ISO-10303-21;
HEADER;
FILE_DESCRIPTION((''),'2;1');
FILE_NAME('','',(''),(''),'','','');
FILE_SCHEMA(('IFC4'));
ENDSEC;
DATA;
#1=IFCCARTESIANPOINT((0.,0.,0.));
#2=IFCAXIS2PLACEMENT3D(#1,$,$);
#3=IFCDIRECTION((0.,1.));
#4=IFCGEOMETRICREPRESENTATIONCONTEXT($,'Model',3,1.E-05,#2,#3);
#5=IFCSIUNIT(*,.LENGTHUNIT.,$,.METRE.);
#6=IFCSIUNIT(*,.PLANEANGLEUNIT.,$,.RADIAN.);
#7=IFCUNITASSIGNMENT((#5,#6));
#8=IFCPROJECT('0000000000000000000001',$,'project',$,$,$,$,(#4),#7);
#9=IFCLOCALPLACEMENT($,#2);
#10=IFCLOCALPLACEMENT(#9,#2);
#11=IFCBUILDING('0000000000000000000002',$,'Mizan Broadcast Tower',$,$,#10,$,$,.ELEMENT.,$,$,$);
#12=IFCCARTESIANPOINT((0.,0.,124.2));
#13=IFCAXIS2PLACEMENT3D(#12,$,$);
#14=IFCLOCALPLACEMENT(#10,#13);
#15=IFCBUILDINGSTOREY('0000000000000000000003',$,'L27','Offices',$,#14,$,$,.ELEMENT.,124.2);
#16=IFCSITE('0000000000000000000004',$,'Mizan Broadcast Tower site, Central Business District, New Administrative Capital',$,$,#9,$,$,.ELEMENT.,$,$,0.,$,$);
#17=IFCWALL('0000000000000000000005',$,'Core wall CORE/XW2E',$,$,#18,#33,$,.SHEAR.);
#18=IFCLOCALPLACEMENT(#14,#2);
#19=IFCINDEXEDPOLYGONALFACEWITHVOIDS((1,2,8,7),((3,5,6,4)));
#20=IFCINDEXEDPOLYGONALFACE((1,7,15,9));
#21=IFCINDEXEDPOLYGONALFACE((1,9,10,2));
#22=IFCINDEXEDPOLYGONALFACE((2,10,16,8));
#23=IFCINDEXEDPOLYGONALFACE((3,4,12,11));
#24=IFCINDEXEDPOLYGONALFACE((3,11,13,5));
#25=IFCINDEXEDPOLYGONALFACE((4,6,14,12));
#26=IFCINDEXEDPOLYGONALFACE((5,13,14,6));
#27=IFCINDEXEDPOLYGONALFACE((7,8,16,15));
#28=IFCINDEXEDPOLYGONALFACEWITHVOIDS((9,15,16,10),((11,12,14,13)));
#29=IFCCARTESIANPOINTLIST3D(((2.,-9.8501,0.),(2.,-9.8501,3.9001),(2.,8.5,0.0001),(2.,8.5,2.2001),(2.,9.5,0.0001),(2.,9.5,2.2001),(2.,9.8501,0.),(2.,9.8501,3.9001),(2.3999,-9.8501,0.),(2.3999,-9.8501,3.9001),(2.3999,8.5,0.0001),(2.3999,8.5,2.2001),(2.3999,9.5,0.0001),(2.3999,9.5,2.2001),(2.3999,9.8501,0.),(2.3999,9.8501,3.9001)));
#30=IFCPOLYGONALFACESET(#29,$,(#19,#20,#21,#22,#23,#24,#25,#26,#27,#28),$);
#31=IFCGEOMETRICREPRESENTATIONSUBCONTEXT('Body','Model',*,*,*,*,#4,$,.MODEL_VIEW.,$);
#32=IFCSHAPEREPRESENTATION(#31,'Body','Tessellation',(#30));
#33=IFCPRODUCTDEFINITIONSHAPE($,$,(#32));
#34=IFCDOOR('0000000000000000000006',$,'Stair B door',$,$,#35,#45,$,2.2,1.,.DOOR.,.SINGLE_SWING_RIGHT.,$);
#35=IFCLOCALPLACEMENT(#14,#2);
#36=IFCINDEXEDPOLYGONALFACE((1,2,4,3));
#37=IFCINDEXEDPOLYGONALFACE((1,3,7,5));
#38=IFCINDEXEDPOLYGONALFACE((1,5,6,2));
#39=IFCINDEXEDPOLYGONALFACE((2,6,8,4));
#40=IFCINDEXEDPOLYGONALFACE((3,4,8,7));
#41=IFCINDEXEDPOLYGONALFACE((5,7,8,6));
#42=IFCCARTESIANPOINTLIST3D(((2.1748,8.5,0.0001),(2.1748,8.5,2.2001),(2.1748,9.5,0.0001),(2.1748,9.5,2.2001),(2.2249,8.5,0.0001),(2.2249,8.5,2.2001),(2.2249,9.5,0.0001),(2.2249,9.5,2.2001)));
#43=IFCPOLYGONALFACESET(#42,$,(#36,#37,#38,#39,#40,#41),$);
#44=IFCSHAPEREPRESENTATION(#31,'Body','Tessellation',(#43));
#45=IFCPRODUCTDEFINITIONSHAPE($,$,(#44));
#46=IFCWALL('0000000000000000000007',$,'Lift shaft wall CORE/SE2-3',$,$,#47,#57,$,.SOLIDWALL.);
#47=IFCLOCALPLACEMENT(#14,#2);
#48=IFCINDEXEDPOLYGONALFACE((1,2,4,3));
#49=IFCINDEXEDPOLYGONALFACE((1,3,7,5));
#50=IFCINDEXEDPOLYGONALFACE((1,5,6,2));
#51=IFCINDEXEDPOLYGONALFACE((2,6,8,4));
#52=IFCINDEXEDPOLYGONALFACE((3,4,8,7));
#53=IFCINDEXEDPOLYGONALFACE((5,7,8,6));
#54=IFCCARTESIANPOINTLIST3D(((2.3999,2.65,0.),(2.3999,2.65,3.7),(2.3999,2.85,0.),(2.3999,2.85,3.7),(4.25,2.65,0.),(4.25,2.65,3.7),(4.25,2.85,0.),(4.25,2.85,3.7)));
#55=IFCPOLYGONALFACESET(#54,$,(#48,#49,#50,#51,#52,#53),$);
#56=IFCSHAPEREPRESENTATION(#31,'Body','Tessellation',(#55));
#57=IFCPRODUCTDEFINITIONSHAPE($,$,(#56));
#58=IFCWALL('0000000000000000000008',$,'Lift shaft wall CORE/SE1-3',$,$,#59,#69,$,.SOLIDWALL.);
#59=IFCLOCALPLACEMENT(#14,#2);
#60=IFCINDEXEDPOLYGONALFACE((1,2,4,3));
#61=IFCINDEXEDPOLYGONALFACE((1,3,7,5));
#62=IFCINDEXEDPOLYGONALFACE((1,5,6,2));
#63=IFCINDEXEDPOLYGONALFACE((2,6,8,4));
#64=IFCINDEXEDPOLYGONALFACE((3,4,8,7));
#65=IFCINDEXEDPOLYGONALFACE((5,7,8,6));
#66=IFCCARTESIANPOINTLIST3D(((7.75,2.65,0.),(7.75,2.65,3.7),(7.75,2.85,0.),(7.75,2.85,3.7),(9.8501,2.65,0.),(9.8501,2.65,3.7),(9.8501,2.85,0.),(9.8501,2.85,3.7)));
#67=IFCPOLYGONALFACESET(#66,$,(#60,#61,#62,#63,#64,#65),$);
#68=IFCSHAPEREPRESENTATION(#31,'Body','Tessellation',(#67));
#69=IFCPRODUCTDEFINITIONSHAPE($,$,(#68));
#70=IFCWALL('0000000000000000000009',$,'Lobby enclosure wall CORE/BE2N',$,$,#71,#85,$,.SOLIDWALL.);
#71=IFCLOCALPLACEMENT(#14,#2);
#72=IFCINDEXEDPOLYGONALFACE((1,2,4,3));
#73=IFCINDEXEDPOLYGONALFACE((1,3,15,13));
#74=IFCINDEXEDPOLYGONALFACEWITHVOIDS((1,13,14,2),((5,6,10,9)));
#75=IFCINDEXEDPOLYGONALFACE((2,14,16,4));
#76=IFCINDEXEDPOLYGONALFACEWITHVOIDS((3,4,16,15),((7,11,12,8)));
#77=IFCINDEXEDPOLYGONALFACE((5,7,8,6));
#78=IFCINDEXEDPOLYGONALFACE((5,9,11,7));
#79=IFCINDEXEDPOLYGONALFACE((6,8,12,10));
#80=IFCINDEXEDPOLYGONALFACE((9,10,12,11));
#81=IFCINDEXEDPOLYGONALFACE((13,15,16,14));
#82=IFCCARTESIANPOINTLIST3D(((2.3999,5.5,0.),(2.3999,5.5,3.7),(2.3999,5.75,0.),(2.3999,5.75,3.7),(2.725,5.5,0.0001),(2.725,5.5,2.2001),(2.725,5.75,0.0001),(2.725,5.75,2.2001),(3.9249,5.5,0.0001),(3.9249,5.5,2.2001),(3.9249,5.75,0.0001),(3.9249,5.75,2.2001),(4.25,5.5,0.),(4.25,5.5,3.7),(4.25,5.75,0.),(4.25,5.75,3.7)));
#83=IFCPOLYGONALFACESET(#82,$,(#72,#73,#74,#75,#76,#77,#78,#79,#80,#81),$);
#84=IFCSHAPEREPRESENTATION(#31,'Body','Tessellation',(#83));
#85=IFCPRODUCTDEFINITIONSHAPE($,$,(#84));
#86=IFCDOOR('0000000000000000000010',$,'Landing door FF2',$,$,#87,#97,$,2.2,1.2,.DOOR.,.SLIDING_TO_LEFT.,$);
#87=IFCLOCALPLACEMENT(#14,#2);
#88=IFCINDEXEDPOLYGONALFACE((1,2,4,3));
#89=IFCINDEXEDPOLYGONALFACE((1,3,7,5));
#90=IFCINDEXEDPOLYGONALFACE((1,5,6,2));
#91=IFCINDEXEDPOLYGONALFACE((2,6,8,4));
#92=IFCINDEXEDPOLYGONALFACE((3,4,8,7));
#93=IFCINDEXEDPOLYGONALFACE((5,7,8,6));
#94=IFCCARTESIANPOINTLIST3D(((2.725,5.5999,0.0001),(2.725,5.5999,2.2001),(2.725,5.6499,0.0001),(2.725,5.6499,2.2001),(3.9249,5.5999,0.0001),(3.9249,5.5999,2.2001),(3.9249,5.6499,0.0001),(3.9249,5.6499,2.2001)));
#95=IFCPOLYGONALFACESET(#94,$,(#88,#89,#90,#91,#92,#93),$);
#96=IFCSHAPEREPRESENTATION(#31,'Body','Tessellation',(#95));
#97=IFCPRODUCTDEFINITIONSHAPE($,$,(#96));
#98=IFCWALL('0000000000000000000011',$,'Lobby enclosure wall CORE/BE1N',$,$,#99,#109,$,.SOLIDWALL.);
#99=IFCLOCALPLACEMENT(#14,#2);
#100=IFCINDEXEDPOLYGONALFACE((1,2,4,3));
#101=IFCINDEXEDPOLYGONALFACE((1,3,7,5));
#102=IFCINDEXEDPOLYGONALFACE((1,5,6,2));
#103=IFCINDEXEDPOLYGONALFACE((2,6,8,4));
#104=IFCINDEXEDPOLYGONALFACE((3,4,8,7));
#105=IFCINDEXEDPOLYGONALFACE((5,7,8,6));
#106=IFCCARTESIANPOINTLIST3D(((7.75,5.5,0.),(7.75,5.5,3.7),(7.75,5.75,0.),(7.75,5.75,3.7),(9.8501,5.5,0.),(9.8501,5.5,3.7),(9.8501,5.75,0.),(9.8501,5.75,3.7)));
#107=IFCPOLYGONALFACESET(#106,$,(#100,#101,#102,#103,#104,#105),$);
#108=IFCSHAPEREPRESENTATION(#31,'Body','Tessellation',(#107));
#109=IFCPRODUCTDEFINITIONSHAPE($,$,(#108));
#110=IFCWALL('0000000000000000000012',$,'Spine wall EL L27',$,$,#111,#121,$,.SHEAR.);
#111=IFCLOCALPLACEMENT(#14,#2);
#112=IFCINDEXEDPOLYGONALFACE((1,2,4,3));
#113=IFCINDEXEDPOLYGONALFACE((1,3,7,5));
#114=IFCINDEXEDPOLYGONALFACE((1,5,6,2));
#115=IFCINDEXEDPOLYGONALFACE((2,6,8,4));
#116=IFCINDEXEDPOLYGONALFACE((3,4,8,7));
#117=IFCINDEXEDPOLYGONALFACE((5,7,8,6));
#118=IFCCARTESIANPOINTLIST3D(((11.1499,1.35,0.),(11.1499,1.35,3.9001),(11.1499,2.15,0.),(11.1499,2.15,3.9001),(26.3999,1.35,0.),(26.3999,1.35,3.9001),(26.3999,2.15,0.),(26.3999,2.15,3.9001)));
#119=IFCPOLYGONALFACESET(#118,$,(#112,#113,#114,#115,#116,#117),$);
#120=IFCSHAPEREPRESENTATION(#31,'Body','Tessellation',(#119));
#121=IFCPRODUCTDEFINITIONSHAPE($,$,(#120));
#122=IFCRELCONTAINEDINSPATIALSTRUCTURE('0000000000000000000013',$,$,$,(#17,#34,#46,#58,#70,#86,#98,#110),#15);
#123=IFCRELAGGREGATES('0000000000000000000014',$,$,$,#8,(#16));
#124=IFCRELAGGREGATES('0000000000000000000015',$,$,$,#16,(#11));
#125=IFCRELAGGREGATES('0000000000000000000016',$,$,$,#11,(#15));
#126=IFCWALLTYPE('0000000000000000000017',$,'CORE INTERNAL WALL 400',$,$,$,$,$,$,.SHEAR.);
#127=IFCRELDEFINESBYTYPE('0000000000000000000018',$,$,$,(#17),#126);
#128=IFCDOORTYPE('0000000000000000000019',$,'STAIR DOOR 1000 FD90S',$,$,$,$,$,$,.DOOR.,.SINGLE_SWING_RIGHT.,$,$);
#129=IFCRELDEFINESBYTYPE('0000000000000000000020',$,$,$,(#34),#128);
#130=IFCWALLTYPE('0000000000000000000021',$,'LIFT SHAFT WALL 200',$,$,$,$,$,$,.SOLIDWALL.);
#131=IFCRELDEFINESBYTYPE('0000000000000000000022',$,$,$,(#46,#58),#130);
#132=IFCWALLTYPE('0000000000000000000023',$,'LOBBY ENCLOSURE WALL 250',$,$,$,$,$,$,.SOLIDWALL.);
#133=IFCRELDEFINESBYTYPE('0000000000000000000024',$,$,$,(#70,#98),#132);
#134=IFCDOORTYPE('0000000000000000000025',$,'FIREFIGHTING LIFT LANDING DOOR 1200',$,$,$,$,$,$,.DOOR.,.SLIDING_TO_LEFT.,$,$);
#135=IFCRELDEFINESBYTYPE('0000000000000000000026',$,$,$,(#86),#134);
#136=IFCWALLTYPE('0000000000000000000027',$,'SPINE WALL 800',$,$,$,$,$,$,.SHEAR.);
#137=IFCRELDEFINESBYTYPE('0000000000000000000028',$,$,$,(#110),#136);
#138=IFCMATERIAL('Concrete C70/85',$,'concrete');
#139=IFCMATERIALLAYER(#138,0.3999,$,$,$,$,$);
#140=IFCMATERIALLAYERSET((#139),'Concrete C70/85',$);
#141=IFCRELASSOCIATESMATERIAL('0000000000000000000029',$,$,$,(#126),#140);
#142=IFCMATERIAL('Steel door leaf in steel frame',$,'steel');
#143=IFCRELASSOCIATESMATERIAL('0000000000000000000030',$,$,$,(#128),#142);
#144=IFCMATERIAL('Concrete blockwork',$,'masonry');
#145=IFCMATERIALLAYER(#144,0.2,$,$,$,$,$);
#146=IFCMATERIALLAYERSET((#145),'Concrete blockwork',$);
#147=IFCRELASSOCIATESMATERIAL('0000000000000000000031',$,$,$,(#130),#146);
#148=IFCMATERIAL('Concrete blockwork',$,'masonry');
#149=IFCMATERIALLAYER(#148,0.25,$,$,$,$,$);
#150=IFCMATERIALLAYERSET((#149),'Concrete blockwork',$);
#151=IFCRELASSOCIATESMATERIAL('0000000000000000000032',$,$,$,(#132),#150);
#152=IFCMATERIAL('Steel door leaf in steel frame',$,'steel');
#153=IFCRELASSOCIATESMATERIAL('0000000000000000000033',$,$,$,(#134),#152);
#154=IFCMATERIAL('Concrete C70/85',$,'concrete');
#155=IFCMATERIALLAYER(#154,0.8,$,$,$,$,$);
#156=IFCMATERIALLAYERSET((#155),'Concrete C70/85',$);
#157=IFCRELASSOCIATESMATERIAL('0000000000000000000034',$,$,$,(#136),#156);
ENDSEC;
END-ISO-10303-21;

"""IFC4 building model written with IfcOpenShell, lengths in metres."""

from ifc_helpers import new_model, si_unit, direction, frame, frame_2d, origin, place, context, subcontext, project, spatial, rectangle, extrude, material, layer, layer_set, type_object, element, fill, save


model = new_model("IFC4")

# Units and contexts
model_context = context("Model", 3, precision=1e-05, world=origin(), true_north=direction((0.0, 1.0)))
body_context = subcontext(model_context, "Body", "Model", "MODEL_VIEW")
ifc_project = project(units=[si_unit("LENGTHUNIT", "METRE"), si_unit("PLANEANGLEUNIT", "RADIAN")], contexts=[model_context])

# Site, building, storey
site_placement = place(None, origin())
site = spatial("IfcSite", under=ifc_project, at=site_placement, Name="Mizan Broadcast Tower site, Central Business District, New Administrative Capital", CompositionType="ELEMENT", RefElevation=0.0)
building_placement = place(site_placement, origin())
building = spatial("IfcBuilding", under=site, at=building_placement, Name="Mizan Broadcast Tower", CompositionType="ELEMENT")
storey_placement = place(building_placement, frame((0.0, 0.0, 124.2)))
storey = spatial("IfcBuildingStorey", under=building, at=storey_placement, Name="L27", Description="Offices", CompositionType="ELEMENT", Elevation=124.2)

# Wall, opening, door
ifc_material_1 = material(Name="Concrete C70/85", Category="concrete")
ifc_layer_1 = layer(ifc_material_1, 0.3999)
ifc_layer_set_1 = layer_set([ifc_layer_1], Name="Concrete C70/85")
wall_type_1 = type_object("IfcWallType", Name="CORE INTERNAL WALL 400", PredefinedType="SHEAR", material=ifc_layer_set_1)
wall_1_placement = place(storey_placement, frame((2.2, 9.8501, 0.0), z_axis=(0.0, 0.0, 1.0), x_axis=(0.0, -1.0, 0.0)))
wall_1 = element("IfcWall", 1, at=wall_1_placement, inside=storey, type_object=wall_type_1, Name="Core wall CORE/XW2E", PredefinedType="SHEAR", context=body_context, shape_type="SweptSolid", body=[
    extrude(rectangle(XDim=19.7002, YDim=0.3999, at=frame_2d((9.8501, 0.0))), origin(), (0.0, 0.0, 1.0), 3.9001),
])
opening_1_placement = place(wall_1_placement, frame((0.3501, 0.0, 0.0)))
opening_1 = element("IfcOpeningElement", 2, at=opening_1_placement, cuts=wall_1, PredefinedType="OPENING", context=body_context, shape_type="SweptSolid", body=[
    extrude(rectangle(XDim=1.0, YDim=2.2, at=frame_2d((0.5, 1.1001))), frame((0.0, 0.21, 0.0), z_axis=(0.0, -1.0, 0.0), x_axis=(1.0, 0.0, 0.0)), (0.0, 0.0, 1.0), 0.4199),
])
ifc_material_2 = material(Name="Steel door leaf in steel frame", Category="steel")
door_type_1 = type_object("IfcDoorType", Name="STAIR DOOR 1000 FD90S", OperationType="SINGLE_SWING_RIGHT", PredefinedType="DOOR", material=ifc_material_2)
door_1_placement = place(opening_1_placement, origin())
door_1 = element("IfcDoor", 3, at=door_1_placement, inside=storey, type_object=door_type_1, Name="Stair B door", OperationType="SINGLE_SWING_RIGHT", OverallHeight=2.2, OverallWidth=1.0, PredefinedType="DOOR", context=body_context, shape_type="SweptSolid", body=[
    extrude(rectangle(XDim=1.0, YDim=2.2, at=frame_2d((0.5, 1.1001))), frame((0.0, 0.0249, 0.0), z_axis=(0.0, -1.0, 0.0), x_axis=(1.0, 0.0, 0.0)), (0.0, 0.0, 1.0), 0.05),
])
fill(opening_1, door_1)

# Walls
ifc_material_3 = material(Name="Concrete blockwork", Category="masonry")
ifc_layer_2 = layer(ifc_material_3, 0.2)
ifc_layer_set_2 = layer_set([ifc_layer_2], Name="Concrete blockwork")
wall_type_2 = type_object("IfcWallType", Name="LIFT SHAFT WALL 200", PredefinedType="SOLIDWALL", material=ifc_layer_set_2)
wall_2_placement = place(storey_placement, frame((2.3999, 2.75, 0.0), z_axis=(0.0, 0.0, 1.0), x_axis=(1.0, 0.0, 0.0)))
element("IfcWall", 4, at=wall_2_placement, inside=storey, type_object=wall_type_2, Name="Lift shaft wall CORE/SE2-3", PredefinedType="SOLIDWALL", context=body_context, shape_type="SweptSolid", body=[
    extrude(rectangle(XDim=1.8501, YDim=0.2, at=frame_2d((0.925, 0.0))), origin(), (0.0, 0.0, 1.0), 3.7),
])
wall_3_placement = place(storey_placement, frame((7.75, 2.75, 0.0), z_axis=(0.0, 0.0, 1.0), x_axis=(1.0, 0.0, 0.0)))
element("IfcWall", 5, at=wall_3_placement, inside=storey, type_object=wall_type_2, Name="Lift shaft wall CORE/SE1-3", PredefinedType="SOLIDWALL", context=body_context, shape_type="SweptSolid", body=[
    extrude(rectangle(XDim=2.1001, YDim=0.2, at=frame_2d((1.05, 0.0))), origin(), (0.0, 0.0, 1.0), 3.7),
])

# Wall, opening, door
ifc_material_4 = material(Name="Concrete blockwork", Category="masonry")
ifc_layer_3 = layer(ifc_material_4, 0.25)
ifc_layer_set_3 = layer_set([ifc_layer_3], Name="Concrete blockwork")
wall_type_3 = type_object("IfcWallType", Name="LOBBY ENCLOSURE WALL 250", PredefinedType="SOLIDWALL", material=ifc_layer_set_3)
wall_4_placement = place(storey_placement, frame((2.3999, 5.625, 0.0), z_axis=(0.0, 0.0, 1.0), x_axis=(1.0, 0.0, 0.0)))
wall_4 = element("IfcWall", 6, at=wall_4_placement, inside=storey, type_object=wall_type_3, Name="Lobby enclosure wall CORE/BE2N", PredefinedType="SOLIDWALL", context=body_context, shape_type="SweptSolid", body=[
    extrude(rectangle(XDim=1.8501, YDim=0.25, at=frame_2d((0.925, 0.0))), origin(), (0.0, 0.0, 1.0), 3.7),
])
opening_2_placement = place(wall_4_placement, frame((0.325, 0.0, 0.0)))
opening_2 = element("IfcOpeningElement", 7, at=opening_2_placement, cuts=wall_4, PredefinedType="OPENING", context=body_context, shape_type="SweptSolid", body=[
    extrude(rectangle(XDim=1.2, YDim=2.2, at=frame_2d((0.6001, 1.1001))), frame((0.0, 0.135, 0.0), z_axis=(0.0, -1.0, 0.0), x_axis=(1.0, 0.0, 0.0)), (0.0, 0.0, 1.0), 0.27),
])
ifc_material_5 = material(Name="Steel door leaf in steel frame", Category="steel")
door_type_2 = type_object("IfcDoorType", Name="FIREFIGHTING LIFT LANDING DOOR 1200", OperationType="SLIDING_TO_LEFT", PredefinedType="DOOR", material=ifc_material_5)
door_2_placement = place(opening_2_placement, origin())
door_2 = element("IfcDoor", 8, at=door_2_placement, inside=storey, type_object=door_type_2, Name="Landing door FF2", OperationType="SLIDING_TO_LEFT", OverallHeight=2.2, OverallWidth=1.2, PredefinedType="DOOR", context=body_context, shape_type="SweptSolid", body=[
    extrude(rectangle(XDim=1.2, YDim=2.2, at=frame_2d((0.6001, 1.1001))), frame((0.0, 0.0249, 0.0), z_axis=(0.0, -1.0, 0.0), x_axis=(1.0, 0.0, 0.0)), (0.0, 0.0, 1.0), 0.05),
])
fill(opening_2, door_2)

# Walls
wall_5_placement = place(storey_placement, frame((7.75, 5.625, 0.0), z_axis=(0.0, 0.0, 1.0), x_axis=(1.0, 0.0, 0.0)))
element("IfcWall", 9, at=wall_5_placement, inside=storey, type_object=wall_type_3, Name="Lobby enclosure wall CORE/BE1N", PredefinedType="SOLIDWALL", context=body_context, shape_type="SweptSolid", body=[
    extrude(rectangle(XDim=2.1001, YDim=0.25, at=frame_2d((1.05, 0.0))), origin(), (0.0, 0.0, 1.0), 3.7),
])
ifc_material_6 = material(Name="Concrete C70/85", Category="concrete")
ifc_layer_4 = layer(ifc_material_6, 0.8)
ifc_layer_set_4 = layer_set([ifc_layer_4], Name="Concrete C70/85")
wall_type_4 = type_object("IfcWallType", Name="SPINE WALL 800", PredefinedType="SHEAR", material=ifc_layer_set_4)
wall_6_placement = place(storey_placement, frame((11.1499, 1.75, 0.0), z_axis=(0.0, 0.0, 1.0), x_axis=(1.0, 0.0, 0.0)))
element("IfcWall", 10, at=wall_6_placement, inside=storey, type_object=wall_type_4, Name="Spine wall EL L27", PredefinedType="SHEAR", context=body_context, shape_type="SweptSolid", body=[
    extrude(rectangle(XDim=15.25, YDim=0.8, at=frame_2d((7.625, 0.0))), origin(), (0.0, 0.0, 1.0), 3.9001),
])

save(model, "model.ifc")
